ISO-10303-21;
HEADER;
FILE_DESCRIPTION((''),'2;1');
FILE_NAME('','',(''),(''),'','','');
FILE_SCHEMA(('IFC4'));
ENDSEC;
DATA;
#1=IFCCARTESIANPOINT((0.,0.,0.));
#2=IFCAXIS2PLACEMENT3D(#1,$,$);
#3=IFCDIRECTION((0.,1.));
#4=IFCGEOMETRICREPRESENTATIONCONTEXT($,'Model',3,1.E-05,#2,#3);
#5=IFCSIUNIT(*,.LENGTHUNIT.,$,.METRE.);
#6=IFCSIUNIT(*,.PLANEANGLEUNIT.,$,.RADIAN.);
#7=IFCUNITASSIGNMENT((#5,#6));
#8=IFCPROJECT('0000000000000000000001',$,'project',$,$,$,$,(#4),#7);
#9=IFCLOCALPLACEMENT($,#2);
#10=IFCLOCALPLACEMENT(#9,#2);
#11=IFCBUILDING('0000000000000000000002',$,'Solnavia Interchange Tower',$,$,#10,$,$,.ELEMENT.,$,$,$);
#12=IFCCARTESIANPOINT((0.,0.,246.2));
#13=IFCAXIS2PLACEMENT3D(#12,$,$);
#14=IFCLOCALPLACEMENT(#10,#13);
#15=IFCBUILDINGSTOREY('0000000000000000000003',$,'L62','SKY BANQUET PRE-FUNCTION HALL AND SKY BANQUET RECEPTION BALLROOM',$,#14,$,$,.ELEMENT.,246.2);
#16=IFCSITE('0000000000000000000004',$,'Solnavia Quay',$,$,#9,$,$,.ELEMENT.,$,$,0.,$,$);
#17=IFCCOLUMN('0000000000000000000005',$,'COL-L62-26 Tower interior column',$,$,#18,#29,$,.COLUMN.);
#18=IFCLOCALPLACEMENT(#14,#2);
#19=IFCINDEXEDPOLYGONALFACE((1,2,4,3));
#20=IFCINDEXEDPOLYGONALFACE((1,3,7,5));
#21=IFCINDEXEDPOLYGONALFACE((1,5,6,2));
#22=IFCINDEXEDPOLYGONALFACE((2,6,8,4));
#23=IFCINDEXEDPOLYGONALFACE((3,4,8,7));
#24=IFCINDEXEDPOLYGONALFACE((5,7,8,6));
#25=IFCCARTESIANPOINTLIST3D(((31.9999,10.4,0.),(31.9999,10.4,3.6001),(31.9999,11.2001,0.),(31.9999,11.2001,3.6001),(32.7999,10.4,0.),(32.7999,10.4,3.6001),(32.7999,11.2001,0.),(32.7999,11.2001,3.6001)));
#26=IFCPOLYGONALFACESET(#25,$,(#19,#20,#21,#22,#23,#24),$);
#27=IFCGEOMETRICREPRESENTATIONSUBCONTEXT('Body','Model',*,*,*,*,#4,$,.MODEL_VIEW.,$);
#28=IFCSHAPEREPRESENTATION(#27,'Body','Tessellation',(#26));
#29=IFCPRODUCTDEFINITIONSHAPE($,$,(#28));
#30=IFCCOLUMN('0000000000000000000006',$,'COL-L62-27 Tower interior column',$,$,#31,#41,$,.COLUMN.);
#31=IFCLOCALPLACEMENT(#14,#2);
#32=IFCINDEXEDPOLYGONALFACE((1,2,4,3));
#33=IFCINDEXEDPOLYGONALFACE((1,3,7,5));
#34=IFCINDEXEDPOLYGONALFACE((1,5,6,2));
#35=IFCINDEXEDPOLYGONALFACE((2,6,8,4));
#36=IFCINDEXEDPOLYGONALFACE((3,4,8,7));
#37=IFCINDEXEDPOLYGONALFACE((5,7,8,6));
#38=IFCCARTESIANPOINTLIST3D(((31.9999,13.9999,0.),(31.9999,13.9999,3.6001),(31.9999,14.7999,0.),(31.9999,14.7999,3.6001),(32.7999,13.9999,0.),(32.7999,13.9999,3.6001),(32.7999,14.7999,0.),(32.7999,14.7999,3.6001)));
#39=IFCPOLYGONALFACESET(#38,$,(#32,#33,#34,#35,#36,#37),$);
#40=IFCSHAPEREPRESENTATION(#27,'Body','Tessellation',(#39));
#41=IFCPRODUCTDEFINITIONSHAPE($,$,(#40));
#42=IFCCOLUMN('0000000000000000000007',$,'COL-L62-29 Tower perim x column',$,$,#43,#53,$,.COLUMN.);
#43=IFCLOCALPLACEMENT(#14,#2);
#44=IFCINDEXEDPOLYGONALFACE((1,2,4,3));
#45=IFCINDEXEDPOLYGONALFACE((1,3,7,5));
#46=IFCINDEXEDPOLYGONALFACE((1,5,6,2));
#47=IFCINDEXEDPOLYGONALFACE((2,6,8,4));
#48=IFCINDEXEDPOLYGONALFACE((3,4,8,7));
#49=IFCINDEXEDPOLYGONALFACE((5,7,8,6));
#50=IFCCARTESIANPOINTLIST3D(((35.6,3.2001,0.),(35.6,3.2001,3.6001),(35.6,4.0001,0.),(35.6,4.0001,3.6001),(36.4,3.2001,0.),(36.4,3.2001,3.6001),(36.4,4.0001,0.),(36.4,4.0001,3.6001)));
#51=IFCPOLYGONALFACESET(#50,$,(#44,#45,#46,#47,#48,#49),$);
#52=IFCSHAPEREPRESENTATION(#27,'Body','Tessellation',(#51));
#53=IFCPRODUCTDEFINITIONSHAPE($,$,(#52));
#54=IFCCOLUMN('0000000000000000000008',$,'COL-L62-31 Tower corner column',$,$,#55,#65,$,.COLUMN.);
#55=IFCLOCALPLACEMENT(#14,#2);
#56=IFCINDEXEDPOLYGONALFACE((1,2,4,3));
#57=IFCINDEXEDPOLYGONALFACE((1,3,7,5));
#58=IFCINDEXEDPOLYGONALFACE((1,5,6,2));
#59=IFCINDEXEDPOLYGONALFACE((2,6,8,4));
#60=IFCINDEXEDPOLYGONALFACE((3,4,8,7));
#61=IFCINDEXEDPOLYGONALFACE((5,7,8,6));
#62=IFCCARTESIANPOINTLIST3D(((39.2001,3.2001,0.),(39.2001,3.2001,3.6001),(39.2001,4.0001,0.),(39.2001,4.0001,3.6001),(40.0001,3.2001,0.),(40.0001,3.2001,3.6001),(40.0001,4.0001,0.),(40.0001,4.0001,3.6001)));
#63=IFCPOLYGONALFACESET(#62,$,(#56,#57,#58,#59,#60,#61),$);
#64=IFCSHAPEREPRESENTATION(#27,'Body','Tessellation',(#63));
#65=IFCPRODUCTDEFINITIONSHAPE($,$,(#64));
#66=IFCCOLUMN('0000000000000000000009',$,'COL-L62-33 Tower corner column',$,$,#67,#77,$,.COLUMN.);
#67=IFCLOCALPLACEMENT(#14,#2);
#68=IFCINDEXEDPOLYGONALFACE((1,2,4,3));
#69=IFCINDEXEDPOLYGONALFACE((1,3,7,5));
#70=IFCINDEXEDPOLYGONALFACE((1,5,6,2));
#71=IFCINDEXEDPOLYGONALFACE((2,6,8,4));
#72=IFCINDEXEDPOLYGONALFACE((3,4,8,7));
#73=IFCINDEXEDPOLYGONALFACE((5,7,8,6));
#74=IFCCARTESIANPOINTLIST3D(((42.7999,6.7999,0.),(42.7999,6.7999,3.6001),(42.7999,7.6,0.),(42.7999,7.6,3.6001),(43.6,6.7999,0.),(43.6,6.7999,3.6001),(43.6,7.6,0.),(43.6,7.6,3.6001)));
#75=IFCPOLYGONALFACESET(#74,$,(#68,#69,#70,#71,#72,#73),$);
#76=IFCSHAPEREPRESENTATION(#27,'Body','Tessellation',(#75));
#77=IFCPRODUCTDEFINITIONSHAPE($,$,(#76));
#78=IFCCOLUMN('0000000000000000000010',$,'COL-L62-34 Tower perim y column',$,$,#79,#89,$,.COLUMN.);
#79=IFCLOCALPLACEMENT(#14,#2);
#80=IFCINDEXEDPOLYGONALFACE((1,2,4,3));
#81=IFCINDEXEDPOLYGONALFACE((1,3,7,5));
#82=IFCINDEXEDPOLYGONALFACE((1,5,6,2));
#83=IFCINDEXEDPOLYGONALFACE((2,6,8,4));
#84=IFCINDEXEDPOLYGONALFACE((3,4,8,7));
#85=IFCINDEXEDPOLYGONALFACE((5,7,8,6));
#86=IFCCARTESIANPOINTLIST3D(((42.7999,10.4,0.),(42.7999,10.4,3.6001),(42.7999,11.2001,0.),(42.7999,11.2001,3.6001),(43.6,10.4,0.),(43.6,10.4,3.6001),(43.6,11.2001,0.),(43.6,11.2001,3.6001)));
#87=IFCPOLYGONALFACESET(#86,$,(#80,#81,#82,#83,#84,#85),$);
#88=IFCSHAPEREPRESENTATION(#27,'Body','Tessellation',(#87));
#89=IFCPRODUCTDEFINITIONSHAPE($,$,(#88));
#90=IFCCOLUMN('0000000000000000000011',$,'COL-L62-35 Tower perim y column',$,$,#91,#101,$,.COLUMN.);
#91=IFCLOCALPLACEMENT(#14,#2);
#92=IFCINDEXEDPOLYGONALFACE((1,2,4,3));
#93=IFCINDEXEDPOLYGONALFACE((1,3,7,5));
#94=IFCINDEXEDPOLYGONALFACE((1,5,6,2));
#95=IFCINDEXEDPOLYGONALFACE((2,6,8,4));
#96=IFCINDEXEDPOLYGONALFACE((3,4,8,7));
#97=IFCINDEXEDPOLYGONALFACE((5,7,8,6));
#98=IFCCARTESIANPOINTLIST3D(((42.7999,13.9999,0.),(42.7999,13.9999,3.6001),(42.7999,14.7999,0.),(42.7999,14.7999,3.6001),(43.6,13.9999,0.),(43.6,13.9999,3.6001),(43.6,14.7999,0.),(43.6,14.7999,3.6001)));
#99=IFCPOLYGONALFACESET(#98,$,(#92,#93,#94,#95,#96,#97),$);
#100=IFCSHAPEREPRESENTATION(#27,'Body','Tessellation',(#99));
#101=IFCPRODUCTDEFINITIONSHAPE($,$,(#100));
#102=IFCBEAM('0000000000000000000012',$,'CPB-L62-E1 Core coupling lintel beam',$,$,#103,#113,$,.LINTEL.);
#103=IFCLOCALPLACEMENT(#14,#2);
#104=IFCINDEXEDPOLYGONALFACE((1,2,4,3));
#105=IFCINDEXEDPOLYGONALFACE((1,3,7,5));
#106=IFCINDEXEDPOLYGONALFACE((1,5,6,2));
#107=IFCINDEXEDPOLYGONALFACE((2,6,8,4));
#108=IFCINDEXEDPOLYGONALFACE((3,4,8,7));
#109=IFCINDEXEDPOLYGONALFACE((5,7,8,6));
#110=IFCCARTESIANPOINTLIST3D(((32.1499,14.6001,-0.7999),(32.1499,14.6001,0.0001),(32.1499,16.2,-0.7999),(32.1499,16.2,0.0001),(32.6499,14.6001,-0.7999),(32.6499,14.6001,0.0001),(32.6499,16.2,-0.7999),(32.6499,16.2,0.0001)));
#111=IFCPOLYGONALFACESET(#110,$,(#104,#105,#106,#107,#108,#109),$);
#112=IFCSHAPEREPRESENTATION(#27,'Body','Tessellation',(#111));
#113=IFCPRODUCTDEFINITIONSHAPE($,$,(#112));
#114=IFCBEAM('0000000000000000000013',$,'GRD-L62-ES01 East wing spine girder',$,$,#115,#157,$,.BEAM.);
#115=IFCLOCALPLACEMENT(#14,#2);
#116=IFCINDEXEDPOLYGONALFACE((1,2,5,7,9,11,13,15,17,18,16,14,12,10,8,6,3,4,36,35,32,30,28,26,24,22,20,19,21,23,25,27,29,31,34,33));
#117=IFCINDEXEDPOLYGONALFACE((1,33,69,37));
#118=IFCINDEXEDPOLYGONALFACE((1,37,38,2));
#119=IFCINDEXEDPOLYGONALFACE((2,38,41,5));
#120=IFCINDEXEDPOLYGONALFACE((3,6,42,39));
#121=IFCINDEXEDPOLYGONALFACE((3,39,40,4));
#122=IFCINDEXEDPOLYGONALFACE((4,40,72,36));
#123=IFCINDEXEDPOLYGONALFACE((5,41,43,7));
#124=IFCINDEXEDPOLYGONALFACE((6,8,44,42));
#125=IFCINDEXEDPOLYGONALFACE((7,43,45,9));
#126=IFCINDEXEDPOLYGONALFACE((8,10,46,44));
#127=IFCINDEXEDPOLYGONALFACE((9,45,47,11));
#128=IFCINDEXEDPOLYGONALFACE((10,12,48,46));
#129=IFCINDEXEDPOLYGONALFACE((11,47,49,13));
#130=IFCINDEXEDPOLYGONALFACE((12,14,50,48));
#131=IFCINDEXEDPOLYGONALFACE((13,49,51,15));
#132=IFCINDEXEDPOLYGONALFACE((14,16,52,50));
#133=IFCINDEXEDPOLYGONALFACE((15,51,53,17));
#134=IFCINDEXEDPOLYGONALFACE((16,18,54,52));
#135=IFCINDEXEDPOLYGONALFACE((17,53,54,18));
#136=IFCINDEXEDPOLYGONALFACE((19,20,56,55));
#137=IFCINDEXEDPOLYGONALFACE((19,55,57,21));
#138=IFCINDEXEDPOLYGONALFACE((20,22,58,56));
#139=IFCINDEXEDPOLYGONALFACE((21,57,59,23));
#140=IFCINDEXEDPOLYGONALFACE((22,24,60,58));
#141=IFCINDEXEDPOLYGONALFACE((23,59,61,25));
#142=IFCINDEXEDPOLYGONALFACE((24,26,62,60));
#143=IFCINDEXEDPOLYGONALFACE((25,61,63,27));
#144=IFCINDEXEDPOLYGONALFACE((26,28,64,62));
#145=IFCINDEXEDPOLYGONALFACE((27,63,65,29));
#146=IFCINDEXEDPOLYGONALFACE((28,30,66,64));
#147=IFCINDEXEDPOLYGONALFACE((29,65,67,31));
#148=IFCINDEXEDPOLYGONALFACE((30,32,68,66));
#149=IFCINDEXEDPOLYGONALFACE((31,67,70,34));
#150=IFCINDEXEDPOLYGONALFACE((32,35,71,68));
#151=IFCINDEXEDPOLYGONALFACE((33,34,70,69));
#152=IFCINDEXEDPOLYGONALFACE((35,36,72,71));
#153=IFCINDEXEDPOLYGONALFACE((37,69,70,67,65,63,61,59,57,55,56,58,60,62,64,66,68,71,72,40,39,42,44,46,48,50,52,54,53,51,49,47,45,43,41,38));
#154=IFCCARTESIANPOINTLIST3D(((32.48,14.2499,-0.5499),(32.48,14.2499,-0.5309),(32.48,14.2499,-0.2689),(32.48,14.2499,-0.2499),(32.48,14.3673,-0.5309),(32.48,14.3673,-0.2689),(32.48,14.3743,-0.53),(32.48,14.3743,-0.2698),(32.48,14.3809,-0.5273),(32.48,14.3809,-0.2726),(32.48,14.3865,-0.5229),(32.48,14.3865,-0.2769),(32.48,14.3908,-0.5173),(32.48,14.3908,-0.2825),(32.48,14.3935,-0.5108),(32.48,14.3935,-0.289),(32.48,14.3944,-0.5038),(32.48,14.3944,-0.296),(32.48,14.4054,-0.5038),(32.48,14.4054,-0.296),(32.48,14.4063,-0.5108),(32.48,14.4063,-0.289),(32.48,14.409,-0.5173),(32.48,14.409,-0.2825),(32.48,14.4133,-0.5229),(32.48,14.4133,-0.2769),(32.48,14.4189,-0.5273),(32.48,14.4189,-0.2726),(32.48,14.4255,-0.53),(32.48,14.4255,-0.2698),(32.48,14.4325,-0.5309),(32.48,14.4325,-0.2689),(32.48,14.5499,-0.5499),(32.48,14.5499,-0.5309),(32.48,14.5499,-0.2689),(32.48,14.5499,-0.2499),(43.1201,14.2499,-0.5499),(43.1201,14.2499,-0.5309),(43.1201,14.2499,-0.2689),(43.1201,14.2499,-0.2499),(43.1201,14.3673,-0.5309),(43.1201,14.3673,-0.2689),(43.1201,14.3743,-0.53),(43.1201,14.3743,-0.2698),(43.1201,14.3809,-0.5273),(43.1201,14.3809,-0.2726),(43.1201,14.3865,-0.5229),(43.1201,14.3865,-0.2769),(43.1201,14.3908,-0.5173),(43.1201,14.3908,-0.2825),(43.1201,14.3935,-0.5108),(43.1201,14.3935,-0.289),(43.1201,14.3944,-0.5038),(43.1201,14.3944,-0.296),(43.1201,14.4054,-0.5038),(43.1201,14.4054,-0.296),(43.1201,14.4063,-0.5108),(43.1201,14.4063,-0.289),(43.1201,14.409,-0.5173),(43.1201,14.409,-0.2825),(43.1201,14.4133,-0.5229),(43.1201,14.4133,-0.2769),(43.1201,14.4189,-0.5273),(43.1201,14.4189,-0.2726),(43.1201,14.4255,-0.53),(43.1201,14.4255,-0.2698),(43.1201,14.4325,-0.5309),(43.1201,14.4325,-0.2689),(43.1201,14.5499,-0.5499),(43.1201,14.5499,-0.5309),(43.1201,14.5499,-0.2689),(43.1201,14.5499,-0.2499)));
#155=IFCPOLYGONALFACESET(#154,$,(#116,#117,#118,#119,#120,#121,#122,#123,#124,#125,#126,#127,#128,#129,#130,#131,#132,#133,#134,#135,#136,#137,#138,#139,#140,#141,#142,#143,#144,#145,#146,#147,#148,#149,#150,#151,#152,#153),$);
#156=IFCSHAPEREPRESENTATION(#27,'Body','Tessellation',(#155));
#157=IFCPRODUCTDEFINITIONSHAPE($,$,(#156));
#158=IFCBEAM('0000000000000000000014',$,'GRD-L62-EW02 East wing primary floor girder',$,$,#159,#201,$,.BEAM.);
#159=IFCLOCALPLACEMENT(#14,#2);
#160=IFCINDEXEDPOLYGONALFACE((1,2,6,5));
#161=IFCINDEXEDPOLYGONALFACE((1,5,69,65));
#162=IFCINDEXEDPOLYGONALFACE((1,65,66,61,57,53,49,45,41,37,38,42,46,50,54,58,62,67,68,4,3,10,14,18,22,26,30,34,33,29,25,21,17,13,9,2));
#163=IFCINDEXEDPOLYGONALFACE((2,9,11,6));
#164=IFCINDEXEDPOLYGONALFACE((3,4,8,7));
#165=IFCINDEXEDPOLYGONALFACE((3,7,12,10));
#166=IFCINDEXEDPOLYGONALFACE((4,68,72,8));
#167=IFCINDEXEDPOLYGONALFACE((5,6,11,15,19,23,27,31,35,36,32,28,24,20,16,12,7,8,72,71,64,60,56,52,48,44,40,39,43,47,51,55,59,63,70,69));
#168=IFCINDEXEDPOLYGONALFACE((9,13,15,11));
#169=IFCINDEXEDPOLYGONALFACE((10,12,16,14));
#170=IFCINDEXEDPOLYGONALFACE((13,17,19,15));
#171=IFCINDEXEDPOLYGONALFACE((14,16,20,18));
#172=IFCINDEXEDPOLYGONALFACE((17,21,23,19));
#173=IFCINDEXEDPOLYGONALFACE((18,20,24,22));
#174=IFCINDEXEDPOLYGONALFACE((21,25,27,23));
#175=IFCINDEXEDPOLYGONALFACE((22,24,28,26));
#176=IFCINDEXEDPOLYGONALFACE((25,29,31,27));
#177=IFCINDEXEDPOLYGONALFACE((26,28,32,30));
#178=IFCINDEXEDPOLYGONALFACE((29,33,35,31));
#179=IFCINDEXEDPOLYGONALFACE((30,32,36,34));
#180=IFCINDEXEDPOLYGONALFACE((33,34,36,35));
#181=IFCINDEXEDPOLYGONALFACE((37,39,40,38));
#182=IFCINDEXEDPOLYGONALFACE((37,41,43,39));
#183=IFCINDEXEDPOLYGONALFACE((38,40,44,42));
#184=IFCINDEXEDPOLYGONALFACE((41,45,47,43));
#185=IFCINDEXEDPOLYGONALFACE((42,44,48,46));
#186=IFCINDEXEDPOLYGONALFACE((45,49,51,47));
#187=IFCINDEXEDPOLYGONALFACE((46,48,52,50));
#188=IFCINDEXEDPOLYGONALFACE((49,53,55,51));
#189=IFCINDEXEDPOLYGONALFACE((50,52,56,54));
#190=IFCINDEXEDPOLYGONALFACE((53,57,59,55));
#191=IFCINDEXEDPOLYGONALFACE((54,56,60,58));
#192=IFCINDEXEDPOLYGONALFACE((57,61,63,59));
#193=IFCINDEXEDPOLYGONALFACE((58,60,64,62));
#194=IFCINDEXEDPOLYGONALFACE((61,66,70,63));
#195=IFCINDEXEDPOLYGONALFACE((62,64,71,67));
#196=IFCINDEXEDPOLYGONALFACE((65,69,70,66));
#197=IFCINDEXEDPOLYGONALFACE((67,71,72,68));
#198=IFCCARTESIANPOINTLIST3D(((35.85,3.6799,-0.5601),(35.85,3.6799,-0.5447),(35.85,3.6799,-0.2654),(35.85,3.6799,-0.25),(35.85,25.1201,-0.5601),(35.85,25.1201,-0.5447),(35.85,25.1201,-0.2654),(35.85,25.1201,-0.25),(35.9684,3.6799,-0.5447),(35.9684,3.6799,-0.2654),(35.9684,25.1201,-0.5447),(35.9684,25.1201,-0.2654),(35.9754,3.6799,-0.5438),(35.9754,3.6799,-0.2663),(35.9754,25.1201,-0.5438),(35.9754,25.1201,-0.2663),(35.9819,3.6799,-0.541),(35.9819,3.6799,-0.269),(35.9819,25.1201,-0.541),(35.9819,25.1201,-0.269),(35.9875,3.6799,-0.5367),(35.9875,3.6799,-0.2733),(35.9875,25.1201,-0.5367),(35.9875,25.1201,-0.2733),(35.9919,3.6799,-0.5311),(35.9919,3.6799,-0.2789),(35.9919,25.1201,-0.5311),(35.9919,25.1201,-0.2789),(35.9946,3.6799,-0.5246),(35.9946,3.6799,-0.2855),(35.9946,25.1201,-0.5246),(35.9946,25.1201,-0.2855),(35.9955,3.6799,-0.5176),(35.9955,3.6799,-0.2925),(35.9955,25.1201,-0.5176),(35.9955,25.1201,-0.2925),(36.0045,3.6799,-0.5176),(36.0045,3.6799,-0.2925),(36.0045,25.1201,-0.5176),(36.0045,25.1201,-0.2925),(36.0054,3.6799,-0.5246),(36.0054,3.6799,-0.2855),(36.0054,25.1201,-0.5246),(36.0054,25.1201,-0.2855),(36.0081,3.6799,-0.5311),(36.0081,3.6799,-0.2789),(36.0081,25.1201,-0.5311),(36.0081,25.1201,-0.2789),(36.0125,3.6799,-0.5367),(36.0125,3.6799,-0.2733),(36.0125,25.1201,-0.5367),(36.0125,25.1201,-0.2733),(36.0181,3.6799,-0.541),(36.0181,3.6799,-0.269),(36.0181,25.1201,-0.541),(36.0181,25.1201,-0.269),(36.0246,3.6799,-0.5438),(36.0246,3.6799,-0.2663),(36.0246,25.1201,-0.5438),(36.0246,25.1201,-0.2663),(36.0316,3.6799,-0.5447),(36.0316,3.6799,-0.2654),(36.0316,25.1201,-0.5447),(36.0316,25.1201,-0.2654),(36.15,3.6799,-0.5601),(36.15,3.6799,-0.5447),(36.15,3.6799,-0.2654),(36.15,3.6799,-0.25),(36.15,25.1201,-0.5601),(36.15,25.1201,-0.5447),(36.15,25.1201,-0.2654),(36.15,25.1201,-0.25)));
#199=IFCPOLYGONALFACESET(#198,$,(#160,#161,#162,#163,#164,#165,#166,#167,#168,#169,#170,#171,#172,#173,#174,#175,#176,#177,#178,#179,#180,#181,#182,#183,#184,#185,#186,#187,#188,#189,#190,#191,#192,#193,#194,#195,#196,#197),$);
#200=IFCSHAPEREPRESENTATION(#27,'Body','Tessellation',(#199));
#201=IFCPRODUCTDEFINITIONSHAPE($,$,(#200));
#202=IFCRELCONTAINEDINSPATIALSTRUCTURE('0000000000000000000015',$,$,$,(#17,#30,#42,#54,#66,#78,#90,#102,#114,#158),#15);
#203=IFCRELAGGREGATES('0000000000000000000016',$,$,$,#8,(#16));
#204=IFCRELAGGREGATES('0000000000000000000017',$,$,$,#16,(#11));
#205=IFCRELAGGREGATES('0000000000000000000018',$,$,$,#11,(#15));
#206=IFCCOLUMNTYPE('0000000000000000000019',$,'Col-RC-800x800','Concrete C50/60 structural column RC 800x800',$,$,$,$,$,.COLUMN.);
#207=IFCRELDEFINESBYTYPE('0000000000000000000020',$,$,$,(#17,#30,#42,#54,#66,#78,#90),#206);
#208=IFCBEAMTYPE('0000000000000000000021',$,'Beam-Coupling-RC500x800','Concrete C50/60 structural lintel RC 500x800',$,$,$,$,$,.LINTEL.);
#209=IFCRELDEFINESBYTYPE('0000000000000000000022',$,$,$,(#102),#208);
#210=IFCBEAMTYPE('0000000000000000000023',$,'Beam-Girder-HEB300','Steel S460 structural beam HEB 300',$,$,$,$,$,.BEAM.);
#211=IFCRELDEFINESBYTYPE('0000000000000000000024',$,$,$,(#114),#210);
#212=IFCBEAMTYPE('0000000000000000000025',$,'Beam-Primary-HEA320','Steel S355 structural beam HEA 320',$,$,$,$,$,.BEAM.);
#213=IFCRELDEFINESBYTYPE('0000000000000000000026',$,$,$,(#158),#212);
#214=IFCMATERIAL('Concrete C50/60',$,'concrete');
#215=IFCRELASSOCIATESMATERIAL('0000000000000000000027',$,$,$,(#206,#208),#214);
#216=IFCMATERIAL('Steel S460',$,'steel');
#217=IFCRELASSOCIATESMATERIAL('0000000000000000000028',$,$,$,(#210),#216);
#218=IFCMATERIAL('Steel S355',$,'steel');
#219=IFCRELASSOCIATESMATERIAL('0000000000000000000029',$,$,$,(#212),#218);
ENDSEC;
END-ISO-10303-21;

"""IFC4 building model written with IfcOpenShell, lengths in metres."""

from ifc_helpers import new_model, si_unit, direction, frame, origin, origin_2d, place, context, subcontext, project, spatial, rectangle, i_section, extrude, material, material_profile, profile_set, type_object, element, save


model = new_model("IFC4")

# Units and contexts
model_context = context("Model", 3, precision=1e-05, world=origin(), true_north=direction((0.0, 1.0)))
body_context = subcontext(model_context, "Body", "Model", "MODEL_VIEW")
ifc_project = project(units=[si_unit("LENGTHUNIT", "METRE"), si_unit("PLANEANGLEUNIT", "RADIAN")], contexts=[model_context])

# Site, building, storey
site_placement = place(None, origin())
site = spatial("IfcSite", under=ifc_project, at=site_placement, Name="Solnavia Quay", CompositionType="ELEMENT", RefElevation=0.0)
building_placement = place(site_placement, origin())
building = spatial("IfcBuilding", under=site, at=building_placement, Name="Solnavia Interchange Tower", CompositionType="ELEMENT")
storey_placement = place(building_placement, frame((0.0, 0.0, 246.2)))
storey = spatial("IfcBuildingStorey", under=building, at=storey_placement, Name="L62", Description="SKY BANQUET PRE-FUNCTION HALL AND SKY BANQUET RECEPTION BALLROOM", CompositionType="ELEMENT", Elevation=246.2)

# Columns
ifc_material_1 = material(Name="Concrete C50/60", Category="concrete")
ifc_material_profile_1 = material_profile(ifc_material_1, rectangle(XDim=0.8, YDim=0.8, at=origin_2d()), Name="RC 800x800")
ifc_profile_set_1 = profile_set([ifc_material_profile_1], Name="Concrete C50/60")
column_type = type_object("IfcColumnType", Name="Col-RC-800x800", Description="Concrete C50/60 structural column RC 800x800", PredefinedType="COLUMN", material=ifc_profile_set_1)
for number, where, z_axis, x_axis, name in (
    (1, (32.3999, 10.8, 0.0), (0.0, 0.0, 1.0), (1.0, 0.0, 0.0), "COL-L62-26 Tower interior column"),
    (2, (32.3999, 14.3999, 0.0), (0.0, 0.0, 1.0), (1.0, 0.0, 0.0), "COL-L62-27 Tower interior column"),
    (3, (36.0, 3.6001, 0.0), (0.0, 0.0, 1.0), (1.0, 0.0, 0.0), "COL-L62-29 Tower perim x column"),
    (4, (39.6001, 3.6001, 0.0), (0.0, 0.0, 1.0), (1.0, 0.0, 0.0), "COL-L62-31 Tower corner column"),
    (5, (43.2, 7.2, 0.0), (0.0, 0.0, 1.0), (1.0, 0.0, 0.0), "COL-L62-33 Tower corner column"),
    (6, (43.2, 10.8, 0.0), (0.0, 0.0, 1.0), (0.0, 1.0, 0.0), "COL-L62-34 Tower perim y column"),
    (7, (43.2, 14.3999, 0.0), (0.0, 0.0, 1.0), (0.0, 1.0, 0.0), "COL-L62-35 Tower perim y column"),
):
    element("IfcColumn", number, at=place(storey_placement, frame(where, z_axis=z_axis, x_axis=x_axis)), inside=storey, type_object=column_type, Name=name, PredefinedType="COLUMN", context=body_context, shape_type="SweptSolid", body=[
        extrude(rectangle(XDim=0.8, YDim=0.8, at=origin_2d()), origin(), (0.0, 0.0, 1.0), 3.6001),
    ])

# Beams
ifc_material_profile_2 = material_profile(ifc_material_1, rectangle(XDim=0.5, YDim=0.8, at=origin_2d()), Name="RC 500x800")
ifc_profile_set_2 = profile_set([ifc_material_profile_2], Name="Concrete C50/60")
beam_type_1 = type_object("IfcBeamType", Name="Beam-Coupling-RC500x800", Description="Concrete C50/60 structural lintel RC 500x800", PredefinedType="LINTEL", material=ifc_profile_set_2)
beam_1_placement = place(storey_placement, frame((32.3999, 14.6001, -0.3999), z_axis=(0.0, 1.0, 0.0), x_axis=(-1.0, 0.0, 0.0)))
element("IfcBeam", 8, at=beam_1_placement, inside=storey, type_object=beam_type_1, Name="CPB-L62-E1 Core coupling lintel beam", PredefinedType="LINTEL", context=body_context, shape_type="SweptSolid", body=[
    extrude(rectangle(XDim=0.5, YDim=0.8, at=origin_2d()), origin(), (0.0, 0.0, 1.0), 1.5999),
])
ifc_material_2 = material(Name="Steel S460", Category="steel")
ifc_material_profile_3 = material_profile(ifc_material_2, i_section(OverallWidth=0.3, OverallDepth=0.3, WebThickness=0.011, FlangeThickness=0.019, FilletRadius=0.0271, at=origin_2d()), Name="HEB 300")
ifc_profile_set_3 = profile_set([ifc_material_profile_3], Name="Steel S460")
beam_type_2 = type_object("IfcBeamType", Name="Beam-Girder-HEB300", Description="Steel S460 structural beam HEB 300", PredefinedType="BEAM", material=ifc_profile_set_3)
beam_2_placement = place(storey_placement, frame((32.48, 14.3999, -0.3999), z_axis=(1.0, 0.0, 0.0), x_axis=(0.0, 1.0, 0.0)))
element("IfcBeam", 9, at=beam_2_placement, inside=storey, type_object=beam_type_2, Name="GRD-L62-ES01 East wing spine girder", PredefinedType="BEAM", context=body_context, shape_type="SweptSolid", body=[
    extrude(i_section(OverallWidth=0.3, OverallDepth=0.3, WebThickness=0.011, FlangeThickness=0.019, FilletRadius=0.0271, at=origin_2d()), origin(), (0.0, 0.0, 1.0), 10.6401),
])
ifc_material_3 = material(Name="Steel S355", Category="steel")
ifc_material_profile_4 = material_profile(ifc_material_3, i_section(OverallWidth=0.3, OverallDepth=0.3101, WebThickness=0.009, FlangeThickness=0.0154, FilletRadius=0.0271, at=origin_2d()), Name="HEA 320")
ifc_profile_set_4 = profile_set([ifc_material_profile_4], Name="Steel S355")
beam_type_3 = type_object("IfcBeamType", Name="Beam-Primary-HEA320", Description="Steel S355 structural beam HEA 320", PredefinedType="BEAM", material=ifc_profile_set_4)
beam_3_placement = place(storey_placement, frame((36.0, 3.6799, -0.405), z_axis=(0.0, 1.0, 0.0), x_axis=(-1.0, 0.0, 0.0)))
element("IfcBeam", 10, at=beam_3_placement, inside=storey, type_object=beam_type_3, Name="GRD-L62-EW02 East wing primary floor girder", PredefinedType="BEAM", context=body_context, shape_type="SweptSolid", body=[
    extrude(i_section(OverallWidth=0.3, OverallDepth=0.3101, WebThickness=0.009, FlangeThickness=0.0154, FilletRadius=0.0271, at=origin_2d()), origin(), (0.0, 0.0, 1.0), 21.4402),
])

save(model, "model.ifc")
